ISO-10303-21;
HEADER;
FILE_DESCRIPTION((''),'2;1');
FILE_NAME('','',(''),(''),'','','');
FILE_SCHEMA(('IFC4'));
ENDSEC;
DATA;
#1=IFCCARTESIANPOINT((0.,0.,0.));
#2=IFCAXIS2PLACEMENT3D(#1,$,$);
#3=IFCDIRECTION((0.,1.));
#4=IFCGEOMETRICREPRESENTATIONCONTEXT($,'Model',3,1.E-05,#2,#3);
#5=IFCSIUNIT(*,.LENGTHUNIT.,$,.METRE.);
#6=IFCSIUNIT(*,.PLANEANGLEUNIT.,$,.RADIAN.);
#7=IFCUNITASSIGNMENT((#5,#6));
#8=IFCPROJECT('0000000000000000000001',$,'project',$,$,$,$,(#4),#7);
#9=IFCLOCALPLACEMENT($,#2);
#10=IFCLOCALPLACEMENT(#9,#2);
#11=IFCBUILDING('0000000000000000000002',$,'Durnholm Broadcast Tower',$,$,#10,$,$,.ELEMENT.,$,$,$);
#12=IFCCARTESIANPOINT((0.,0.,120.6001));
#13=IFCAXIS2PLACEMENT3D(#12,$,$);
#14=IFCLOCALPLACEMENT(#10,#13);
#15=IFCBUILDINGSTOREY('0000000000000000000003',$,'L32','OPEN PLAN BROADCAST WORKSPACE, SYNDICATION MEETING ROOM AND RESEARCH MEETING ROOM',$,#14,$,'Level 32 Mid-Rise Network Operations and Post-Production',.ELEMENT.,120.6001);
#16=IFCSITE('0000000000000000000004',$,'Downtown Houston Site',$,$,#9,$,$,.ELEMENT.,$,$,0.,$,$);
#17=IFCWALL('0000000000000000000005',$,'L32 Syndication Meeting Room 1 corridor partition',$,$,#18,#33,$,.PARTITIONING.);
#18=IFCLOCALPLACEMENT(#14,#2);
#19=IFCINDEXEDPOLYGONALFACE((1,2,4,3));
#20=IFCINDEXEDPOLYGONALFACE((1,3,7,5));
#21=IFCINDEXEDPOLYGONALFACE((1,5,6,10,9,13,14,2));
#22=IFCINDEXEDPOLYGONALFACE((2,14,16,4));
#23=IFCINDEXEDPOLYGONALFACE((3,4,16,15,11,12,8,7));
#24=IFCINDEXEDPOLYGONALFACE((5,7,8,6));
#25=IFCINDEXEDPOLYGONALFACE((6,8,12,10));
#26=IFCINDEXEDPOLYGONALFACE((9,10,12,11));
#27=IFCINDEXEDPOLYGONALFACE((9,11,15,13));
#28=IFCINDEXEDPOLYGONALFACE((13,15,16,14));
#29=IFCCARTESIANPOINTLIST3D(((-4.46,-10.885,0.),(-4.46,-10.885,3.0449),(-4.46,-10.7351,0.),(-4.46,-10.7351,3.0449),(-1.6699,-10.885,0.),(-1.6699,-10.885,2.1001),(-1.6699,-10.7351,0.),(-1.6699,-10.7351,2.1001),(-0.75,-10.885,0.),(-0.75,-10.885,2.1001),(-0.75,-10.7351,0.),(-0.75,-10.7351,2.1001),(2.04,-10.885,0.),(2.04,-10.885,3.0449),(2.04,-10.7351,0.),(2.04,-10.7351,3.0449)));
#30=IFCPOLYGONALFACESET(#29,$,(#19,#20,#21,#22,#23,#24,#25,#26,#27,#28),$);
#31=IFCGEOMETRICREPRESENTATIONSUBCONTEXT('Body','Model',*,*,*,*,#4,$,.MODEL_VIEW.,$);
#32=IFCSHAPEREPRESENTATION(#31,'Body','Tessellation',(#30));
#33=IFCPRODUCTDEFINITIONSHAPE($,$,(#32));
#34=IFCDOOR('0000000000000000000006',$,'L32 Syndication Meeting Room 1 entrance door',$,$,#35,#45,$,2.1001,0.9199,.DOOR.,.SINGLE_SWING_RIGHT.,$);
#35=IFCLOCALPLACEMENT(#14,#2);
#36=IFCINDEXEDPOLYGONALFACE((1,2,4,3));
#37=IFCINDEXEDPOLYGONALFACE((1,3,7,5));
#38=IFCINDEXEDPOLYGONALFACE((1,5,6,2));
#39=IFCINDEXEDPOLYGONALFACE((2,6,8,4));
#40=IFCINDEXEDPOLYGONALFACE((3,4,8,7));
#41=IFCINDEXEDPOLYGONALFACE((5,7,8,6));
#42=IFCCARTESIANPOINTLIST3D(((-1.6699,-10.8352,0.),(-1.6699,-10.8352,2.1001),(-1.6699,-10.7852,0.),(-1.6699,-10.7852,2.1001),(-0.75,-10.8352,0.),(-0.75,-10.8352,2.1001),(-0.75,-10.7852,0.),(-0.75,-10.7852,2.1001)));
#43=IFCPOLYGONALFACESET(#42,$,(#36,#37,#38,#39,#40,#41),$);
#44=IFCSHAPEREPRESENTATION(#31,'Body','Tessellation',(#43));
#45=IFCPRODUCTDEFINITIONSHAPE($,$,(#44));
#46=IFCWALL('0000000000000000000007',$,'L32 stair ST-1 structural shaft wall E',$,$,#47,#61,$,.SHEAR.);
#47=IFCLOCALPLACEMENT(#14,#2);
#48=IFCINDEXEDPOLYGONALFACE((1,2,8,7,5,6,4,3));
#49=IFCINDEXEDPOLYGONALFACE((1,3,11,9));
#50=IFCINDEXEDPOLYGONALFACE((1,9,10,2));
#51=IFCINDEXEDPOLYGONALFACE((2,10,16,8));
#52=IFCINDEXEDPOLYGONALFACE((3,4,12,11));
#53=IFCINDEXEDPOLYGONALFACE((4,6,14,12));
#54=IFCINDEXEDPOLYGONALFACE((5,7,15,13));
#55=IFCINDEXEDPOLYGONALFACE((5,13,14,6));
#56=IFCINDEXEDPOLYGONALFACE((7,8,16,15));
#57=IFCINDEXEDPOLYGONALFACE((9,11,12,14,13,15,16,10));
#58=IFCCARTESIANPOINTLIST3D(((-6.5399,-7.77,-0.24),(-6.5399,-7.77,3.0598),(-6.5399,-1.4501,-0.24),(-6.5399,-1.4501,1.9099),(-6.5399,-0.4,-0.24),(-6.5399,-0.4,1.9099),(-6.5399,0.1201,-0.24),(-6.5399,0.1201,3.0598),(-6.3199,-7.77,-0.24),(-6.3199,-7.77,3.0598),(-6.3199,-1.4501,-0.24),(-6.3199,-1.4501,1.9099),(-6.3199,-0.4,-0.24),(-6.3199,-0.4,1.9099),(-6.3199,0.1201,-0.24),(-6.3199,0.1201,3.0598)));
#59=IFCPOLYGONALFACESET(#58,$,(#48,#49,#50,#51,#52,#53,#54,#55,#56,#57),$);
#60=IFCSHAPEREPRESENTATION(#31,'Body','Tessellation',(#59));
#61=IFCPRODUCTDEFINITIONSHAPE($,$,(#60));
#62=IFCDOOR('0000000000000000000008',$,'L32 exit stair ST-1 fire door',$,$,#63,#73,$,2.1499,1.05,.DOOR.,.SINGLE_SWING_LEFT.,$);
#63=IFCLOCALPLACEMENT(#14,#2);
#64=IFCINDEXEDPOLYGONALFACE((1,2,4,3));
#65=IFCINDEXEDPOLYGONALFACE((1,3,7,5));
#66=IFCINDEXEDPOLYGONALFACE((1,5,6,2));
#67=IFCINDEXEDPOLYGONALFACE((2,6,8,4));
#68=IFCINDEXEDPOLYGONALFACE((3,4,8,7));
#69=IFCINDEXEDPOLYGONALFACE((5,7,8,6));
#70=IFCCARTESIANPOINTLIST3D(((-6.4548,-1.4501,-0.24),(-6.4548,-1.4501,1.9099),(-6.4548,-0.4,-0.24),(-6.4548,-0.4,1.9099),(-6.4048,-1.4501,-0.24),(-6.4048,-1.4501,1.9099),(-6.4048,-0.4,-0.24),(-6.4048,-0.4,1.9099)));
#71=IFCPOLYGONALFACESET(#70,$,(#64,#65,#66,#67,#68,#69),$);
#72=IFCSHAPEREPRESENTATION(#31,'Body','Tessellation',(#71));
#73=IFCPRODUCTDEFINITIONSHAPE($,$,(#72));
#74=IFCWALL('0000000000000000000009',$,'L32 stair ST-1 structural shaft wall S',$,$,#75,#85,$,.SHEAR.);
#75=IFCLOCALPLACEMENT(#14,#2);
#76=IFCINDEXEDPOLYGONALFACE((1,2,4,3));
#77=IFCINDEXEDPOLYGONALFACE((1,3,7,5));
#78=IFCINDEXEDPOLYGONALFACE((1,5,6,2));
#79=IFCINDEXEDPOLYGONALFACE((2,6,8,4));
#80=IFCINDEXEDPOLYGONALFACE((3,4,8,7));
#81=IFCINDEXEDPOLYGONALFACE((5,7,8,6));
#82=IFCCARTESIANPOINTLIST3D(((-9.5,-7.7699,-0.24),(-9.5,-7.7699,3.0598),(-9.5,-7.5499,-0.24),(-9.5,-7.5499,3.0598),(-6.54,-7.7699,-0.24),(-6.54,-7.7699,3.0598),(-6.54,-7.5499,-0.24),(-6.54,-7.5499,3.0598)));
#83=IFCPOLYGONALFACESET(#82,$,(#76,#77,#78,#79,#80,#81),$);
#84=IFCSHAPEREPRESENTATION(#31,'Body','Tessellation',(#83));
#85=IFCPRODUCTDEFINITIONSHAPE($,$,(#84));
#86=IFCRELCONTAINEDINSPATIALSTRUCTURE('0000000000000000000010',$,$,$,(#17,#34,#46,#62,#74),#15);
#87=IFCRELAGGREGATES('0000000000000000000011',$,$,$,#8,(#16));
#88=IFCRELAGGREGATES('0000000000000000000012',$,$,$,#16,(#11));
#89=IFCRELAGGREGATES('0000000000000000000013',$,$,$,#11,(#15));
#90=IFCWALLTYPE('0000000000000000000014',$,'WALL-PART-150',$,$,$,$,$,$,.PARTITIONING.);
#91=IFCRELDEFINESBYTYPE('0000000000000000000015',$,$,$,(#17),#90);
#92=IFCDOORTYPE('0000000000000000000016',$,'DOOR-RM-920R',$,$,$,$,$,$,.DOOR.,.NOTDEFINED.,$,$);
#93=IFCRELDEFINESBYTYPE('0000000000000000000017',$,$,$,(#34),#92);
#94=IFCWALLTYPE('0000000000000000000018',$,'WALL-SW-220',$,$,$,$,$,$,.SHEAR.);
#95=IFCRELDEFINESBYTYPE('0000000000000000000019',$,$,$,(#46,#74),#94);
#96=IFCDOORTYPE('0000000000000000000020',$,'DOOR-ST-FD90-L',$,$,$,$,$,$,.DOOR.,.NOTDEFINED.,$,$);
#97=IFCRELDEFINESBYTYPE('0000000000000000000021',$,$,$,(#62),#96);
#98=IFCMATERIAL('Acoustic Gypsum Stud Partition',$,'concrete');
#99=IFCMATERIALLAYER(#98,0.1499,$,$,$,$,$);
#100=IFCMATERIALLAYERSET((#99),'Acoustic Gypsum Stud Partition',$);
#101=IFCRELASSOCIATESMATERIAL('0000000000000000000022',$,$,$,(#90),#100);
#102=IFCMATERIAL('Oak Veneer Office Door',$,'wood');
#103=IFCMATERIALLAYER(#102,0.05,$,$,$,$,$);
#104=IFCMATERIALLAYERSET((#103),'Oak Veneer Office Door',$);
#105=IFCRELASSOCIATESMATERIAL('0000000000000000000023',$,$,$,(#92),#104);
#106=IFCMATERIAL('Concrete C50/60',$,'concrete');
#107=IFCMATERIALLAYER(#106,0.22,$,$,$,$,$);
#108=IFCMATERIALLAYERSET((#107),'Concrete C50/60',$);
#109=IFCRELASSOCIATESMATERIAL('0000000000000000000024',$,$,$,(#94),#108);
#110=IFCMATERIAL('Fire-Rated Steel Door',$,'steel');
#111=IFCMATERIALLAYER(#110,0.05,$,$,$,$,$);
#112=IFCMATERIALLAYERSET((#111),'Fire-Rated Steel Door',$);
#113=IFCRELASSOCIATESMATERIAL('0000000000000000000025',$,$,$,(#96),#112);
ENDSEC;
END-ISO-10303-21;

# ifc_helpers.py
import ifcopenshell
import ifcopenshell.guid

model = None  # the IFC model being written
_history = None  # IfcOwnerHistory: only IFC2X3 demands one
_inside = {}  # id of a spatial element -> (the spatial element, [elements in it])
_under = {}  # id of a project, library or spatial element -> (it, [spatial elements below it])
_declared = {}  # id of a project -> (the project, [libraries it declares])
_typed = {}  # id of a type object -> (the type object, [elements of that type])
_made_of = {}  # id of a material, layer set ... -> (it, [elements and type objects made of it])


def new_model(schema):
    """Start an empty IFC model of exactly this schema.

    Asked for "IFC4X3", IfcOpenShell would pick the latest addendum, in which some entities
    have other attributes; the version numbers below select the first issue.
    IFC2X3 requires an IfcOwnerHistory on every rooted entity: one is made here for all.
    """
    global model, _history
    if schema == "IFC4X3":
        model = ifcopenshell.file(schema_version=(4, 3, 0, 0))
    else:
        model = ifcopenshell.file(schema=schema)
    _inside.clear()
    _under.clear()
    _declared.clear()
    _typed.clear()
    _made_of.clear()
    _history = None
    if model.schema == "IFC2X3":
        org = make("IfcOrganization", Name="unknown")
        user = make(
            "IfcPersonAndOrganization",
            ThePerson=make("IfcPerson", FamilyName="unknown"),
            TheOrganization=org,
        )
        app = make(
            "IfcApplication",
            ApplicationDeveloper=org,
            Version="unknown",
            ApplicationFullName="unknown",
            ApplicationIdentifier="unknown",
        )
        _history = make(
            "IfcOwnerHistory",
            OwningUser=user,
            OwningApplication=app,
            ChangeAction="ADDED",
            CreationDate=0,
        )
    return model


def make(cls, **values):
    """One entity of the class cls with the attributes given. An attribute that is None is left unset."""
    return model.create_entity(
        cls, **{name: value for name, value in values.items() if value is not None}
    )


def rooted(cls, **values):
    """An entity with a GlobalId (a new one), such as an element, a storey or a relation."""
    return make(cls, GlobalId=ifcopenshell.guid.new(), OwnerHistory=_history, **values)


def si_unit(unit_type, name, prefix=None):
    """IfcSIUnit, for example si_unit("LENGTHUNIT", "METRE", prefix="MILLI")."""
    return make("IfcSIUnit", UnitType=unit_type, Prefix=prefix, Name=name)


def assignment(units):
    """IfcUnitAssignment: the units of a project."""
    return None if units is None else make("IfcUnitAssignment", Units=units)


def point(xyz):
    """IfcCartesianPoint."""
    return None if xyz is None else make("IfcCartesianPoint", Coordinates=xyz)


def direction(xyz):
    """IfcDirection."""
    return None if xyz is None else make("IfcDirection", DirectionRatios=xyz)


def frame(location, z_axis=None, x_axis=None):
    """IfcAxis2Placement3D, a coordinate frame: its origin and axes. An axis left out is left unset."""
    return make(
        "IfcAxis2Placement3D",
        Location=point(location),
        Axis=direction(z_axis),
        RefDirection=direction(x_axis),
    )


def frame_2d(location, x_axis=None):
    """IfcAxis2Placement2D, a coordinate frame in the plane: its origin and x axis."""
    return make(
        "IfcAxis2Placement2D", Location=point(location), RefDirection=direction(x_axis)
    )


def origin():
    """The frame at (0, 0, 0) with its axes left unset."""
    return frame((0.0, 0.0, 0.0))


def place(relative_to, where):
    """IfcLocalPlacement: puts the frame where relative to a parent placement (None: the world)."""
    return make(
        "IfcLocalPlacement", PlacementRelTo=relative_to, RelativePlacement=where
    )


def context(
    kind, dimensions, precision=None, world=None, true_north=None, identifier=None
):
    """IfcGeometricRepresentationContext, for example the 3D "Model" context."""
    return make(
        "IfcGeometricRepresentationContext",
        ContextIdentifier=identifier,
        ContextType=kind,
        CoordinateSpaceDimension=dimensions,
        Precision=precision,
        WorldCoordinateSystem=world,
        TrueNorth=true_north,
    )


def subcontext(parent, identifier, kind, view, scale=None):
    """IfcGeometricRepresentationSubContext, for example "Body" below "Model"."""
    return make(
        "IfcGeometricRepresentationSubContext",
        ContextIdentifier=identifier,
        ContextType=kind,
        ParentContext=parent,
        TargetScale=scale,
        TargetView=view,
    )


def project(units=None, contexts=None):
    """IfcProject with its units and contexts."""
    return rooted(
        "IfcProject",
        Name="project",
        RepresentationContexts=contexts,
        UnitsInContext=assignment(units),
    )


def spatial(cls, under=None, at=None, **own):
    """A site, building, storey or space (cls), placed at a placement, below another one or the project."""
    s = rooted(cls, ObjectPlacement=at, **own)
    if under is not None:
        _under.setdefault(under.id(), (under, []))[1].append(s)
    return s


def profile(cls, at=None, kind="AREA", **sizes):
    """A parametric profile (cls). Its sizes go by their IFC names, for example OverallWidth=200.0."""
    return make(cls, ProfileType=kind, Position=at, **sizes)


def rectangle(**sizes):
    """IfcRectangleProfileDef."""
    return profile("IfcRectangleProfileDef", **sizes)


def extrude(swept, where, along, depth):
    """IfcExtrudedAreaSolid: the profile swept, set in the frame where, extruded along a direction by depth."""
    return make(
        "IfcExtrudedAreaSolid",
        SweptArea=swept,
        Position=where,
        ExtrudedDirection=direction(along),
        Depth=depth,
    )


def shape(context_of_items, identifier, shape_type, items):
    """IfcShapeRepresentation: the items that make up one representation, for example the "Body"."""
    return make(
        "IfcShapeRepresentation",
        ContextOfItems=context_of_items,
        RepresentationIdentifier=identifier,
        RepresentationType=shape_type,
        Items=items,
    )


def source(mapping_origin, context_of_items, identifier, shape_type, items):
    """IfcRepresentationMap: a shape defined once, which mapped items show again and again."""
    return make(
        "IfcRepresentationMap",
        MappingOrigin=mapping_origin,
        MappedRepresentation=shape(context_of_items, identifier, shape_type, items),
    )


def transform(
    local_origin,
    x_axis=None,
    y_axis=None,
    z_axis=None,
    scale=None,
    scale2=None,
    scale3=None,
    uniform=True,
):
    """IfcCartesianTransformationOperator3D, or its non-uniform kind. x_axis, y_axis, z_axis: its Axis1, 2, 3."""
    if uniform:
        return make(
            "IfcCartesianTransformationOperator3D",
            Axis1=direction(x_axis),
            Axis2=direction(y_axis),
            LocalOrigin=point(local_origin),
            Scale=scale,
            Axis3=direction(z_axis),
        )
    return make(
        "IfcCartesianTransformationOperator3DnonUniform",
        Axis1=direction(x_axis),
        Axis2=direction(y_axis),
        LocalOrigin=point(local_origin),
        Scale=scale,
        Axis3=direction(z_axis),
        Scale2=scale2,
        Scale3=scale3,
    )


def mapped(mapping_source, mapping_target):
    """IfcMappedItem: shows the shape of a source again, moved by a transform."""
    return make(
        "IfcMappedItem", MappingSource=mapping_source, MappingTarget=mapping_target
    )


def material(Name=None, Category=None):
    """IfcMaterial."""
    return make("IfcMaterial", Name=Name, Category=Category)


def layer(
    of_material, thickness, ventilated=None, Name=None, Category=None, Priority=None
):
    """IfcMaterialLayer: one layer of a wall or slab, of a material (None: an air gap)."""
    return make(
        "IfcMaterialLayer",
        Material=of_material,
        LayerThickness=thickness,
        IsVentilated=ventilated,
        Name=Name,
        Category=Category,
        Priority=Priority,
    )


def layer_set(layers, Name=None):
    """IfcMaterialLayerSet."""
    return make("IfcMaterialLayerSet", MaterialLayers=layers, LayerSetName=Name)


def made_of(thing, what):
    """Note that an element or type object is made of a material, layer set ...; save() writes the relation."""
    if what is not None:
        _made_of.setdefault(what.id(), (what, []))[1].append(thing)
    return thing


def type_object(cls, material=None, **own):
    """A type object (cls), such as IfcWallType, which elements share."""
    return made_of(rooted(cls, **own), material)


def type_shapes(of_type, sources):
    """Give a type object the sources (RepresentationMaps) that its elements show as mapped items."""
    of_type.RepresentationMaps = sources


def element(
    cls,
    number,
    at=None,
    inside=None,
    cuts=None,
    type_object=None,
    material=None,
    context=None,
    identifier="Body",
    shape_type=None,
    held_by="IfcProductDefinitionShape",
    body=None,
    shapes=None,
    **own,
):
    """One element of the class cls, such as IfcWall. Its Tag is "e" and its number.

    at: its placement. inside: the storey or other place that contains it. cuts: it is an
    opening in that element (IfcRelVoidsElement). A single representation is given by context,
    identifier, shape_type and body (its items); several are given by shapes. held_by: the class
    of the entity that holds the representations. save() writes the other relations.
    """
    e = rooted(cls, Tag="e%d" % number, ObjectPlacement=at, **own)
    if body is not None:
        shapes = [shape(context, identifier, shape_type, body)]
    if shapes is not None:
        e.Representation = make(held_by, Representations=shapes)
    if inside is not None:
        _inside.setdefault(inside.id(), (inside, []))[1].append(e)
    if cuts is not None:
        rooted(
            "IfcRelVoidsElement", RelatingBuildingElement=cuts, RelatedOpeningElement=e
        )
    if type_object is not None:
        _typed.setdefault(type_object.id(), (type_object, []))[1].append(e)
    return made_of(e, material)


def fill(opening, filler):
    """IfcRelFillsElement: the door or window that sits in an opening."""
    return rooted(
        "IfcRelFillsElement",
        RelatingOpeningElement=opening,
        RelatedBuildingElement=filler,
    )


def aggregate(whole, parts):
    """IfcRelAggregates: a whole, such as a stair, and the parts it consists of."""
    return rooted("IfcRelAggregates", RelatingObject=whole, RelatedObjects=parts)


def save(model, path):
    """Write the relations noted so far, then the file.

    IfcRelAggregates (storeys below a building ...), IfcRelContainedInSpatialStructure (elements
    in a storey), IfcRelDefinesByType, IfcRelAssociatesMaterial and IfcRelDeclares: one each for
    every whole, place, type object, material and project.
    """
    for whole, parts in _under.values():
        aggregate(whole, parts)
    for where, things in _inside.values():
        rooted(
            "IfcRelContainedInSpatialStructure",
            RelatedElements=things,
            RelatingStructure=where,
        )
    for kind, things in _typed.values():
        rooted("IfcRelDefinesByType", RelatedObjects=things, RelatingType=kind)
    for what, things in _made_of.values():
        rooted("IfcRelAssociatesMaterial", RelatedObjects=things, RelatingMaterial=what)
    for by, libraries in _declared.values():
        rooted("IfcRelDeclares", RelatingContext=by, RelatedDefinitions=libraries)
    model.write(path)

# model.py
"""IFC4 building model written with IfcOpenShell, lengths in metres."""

from ifc_helpers import new_model, si_unit, direction, frame, frame_2d, origin, place, context, subcontext, project, spatial, rectangle, extrude, source, transform, mapped, material, layer, layer_set, type_object, type_shapes, element, fill, save


model = new_model("IFC4")

# Units and contexts
model_context = context("Model", 3, precision=1e-05, world=origin(), true_north=direction((0.0, 1.0)))
body_context = subcontext(model_context, "Body", "Model", "MODEL_VIEW")
ifc_project = project(units=[si_unit("LENGTHUNIT", "METRE"), si_unit("PLANEANGLEUNIT", "RADIAN")], contexts=[model_context])

# Site, building, storey
site_placement = place(None, origin())
site = spatial("IfcSite", under=ifc_project, at=site_placement, Name="Downtown Houston Site", CompositionType="ELEMENT", RefElevation=0.0)
building_placement = place(site_placement, origin())
building = spatial("IfcBuilding", under=site, at=building_placement, Name="Durnholm Broadcast Tower", CompositionType="ELEMENT")
storey_placement = place(building_placement, frame((0.0, 0.0, 120.6001)))
storey = spatial("IfcBuildingStorey", under=building, at=storey_placement, Name="L32", Description="OPEN PLAN BROADCAST WORKSPACE, SYNDICATION MEETING ROOM AND RESEARCH MEETING ROOM", LongName="Level 32 Mid-Rise Network Operations and Post-Production", CompositionType="ELEMENT", Elevation=120.6001)

# Walls, openings, doors
ifc_material_1 = material(Name="Acoustic Gypsum Stud Partition", Category="concrete")
ifc_layer_1 = layer(ifc_material_1, 0.1499)
ifc_layer_set_1 = layer_set([ifc_layer_1], Name="Acoustic Gypsum Stud Partition")
wall_type_1 = type_object("IfcWallType", Name="WALL-PART-150", PredefinedType="PARTITIONING", material=ifc_layer_set_1)
wall_1_placement = place(storey_placement, frame((-4.46, -10.8101, 0.0), z_axis=(0.0, 0.0, 1.0), x_axis=(1.0, 0.0, 0.0)))
wall_1 = element("IfcWall", 1, at=wall_1_placement, inside=storey, type_object=wall_type_1, Name="L32 Syndication Meeting Room 1 corridor partition", PredefinedType="PARTITIONING", context=body_context, shape_type="SweptSolid", body=[
    extrude(rectangle(XDim=6.5, YDim=0.1499, at=frame_2d((3.25, 0.0))), origin(), (0.0, 0.0, 1.0), 3.0449),
])
opening_1_placement = place(wall_1_placement, frame((2.79, 0.0, 0.0)))
opening_1 = element("IfcOpeningElement", 2, at=opening_1_placement, cuts=wall_1, PredefinedType="OPENING", context=body_context, shape_type="SweptSolid", body=[
    extrude(rectangle(XDim=0.9199, YDim=2.1001, at=frame_2d((0.46, 1.05))), frame((0.0, 0.085, 0.0), z_axis=(0.0, -1.0, 0.0), x_axis=(1.0, 0.0, 0.0)), (0.0, 0.0, 1.0), 0.1699),
])
ifc_material_2 = material(Name="Oak Veneer Office Door", Category="wood")
ifc_layer_2 = layer(ifc_material_2, 0.05)
ifc_layer_set_2 = layer_set([ifc_layer_2], Name="Oak Veneer Office Door")
door_type_1 = type_object("IfcDoorType", Name="DOOR-RM-920R", OperationType="NOTDEFINED", PredefinedType="DOOR", material=ifc_layer_set_2)
shared_shape_1 = source(origin(), body_context, "Body", "SweptSolid", [
    extrude(rectangle(XDim=0.9199, YDim=2.1001, at=frame_2d((0.46, 1.05))), frame((0.0, 0.0249, 0.0), z_axis=(0.0, -1.0, 0.0), x_axis=(1.0, 0.0, 0.0)), (0.0, 0.0, 1.0), 0.05),
])
type_shapes(door_type_1, [shared_shape_1])
door_1_placement = place(opening_1_placement, origin())
door_1 = element("IfcDoor", 3, at=door_1_placement, inside=storey, type_object=door_type_1, Name="L32 Syndication Meeting Room 1 entrance door", OperationType="SINGLE_SWING_RIGHT", OverallHeight=2.1001, OverallWidth=0.9199, PredefinedType="DOOR", context=body_context, shape_type="MappedRepresentation", body=[
    mapped(shared_shape_1, transform((0.0, 0.0, 0.0), x_axis=(1.0, 0.0, 0.0), y_axis=(0.0, 1.0, 0.0), z_axis=(0.0, 0.0, 1.0), scale=1.0)),
])
fill(opening_1, door_1)
ifc_material_3 = material(Name="Concrete C50/60", Category="concrete")
ifc_layer_3 = layer(ifc_material_3, 0.22)
ifc_layer_set_3 = layer_set([ifc_layer_3], Name="Concrete C50/60")
wall_type_2 = type_object("IfcWallType", Name="WALL-SW-220", PredefinedType="SHEAR", material=ifc_layer_set_3)
wall_2_placement = place(storey_placement, frame((-6.4299, -7.77, -0.24), z_axis=(0.0, 0.0, 1.0), x_axis=(0.0, 1.0, 0.0)))
wall_2 = element("IfcWall", 4, at=wall_2_placement, inside=storey, type_object=wall_type_2, Name="L32 stair ST-1 structural shaft wall E", PredefinedType="SHEAR", context=body_context, shape_type="SweptSolid", body=[
    extrude(rectangle(XDim=7.8901, YDim=0.22, at=frame_2d((3.9451, 0.0))), origin(), (0.0, 0.0, 1.0), 3.2998),
])
opening_2_placement = place(wall_2_placement, frame((6.3201, 0.0, 0.0)))
opening_2 = element("IfcOpeningElement", 5, at=opening_2_placement, cuts=wall_2, PredefinedType="OPENING", context=body_context, shape_type="SweptSolid", body=[
    extrude(rectangle(XDim=1.05, YDim=2.1499, at=frame_2d((0.5249, 1.075))), frame((0.0, 0.1201, 0.0), z_axis=(0.0, -1.0, 0.0), x_axis=(1.0, 0.0, 0.0)), (0.0, 0.0, 1.0), 0.24),
])
ifc_material_4 = material(Name="Fire-Rated Steel Door", Category="steel")
ifc_layer_4 = layer(ifc_material_4, 0.05)
ifc_layer_set_4 = layer_set([ifc_layer_4], Name="Fire-Rated Steel Door")
door_type_2 = type_object("IfcDoorType", Name="DOOR-ST-FD90-L", OperationType="NOTDEFINED", PredefinedType="DOOR", material=ifc_layer_set_4)
shared_shape_2 = source(origin(), body_context, "Body", "SweptSolid", [
    extrude(rectangle(XDim=1.05, YDim=2.1499, at=frame_2d((0.5249, 1.075))), frame((0.0, 0.0249, 0.0), z_axis=(0.0, -1.0, 0.0), x_axis=(1.0, 0.0, 0.0)), (0.0, 0.0, 1.0), 0.05),
])
type_shapes(door_type_2, [shared_shape_2])
door_2_placement = place(opening_2_placement, origin())
door_2 = element("IfcDoor", 6, at=door_2_placement, inside=storey, type_object=door_type_2, Name="L32 exit stair ST-1 fire door", OperationType="SINGLE_SWING_LEFT", OverallHeight=2.1499, OverallWidth=1.05, PredefinedType="DOOR", context=body_context, shape_type="MappedRepresentation", body=[
    mapped(shared_shape_2, transform((0.0, 0.0, 0.0), x_axis=(1.0, 0.0, 0.0), y_axis=(0.0, 1.0, 0.0), z_axis=(0.0, 0.0, 1.0), scale=1.0)),
])
fill(opening_2, door_2)

# Wall
wall_3_placement = place(storey_placement, frame((-9.5, -7.6599, -0.24), z_axis=(0.0, 0.0, 1.0), x_axis=(1.0, 0.0, 0.0)))
element("IfcWall", 7, at=wall_3_placement, inside=storey, type_object=wall_type_2, Name="L32 stair ST-1 structural shaft wall S", PredefinedType="SHEAR", context=body_context, shape_type="SweptSolid", body=[
    extrude(rectangle(XDim=2.96, YDim=0.22, at=frame_2d((1.48, 0.0))), origin(), (0.0, 0.0, 1.0), 3.2998),
])

save(model, "model.ifc")
